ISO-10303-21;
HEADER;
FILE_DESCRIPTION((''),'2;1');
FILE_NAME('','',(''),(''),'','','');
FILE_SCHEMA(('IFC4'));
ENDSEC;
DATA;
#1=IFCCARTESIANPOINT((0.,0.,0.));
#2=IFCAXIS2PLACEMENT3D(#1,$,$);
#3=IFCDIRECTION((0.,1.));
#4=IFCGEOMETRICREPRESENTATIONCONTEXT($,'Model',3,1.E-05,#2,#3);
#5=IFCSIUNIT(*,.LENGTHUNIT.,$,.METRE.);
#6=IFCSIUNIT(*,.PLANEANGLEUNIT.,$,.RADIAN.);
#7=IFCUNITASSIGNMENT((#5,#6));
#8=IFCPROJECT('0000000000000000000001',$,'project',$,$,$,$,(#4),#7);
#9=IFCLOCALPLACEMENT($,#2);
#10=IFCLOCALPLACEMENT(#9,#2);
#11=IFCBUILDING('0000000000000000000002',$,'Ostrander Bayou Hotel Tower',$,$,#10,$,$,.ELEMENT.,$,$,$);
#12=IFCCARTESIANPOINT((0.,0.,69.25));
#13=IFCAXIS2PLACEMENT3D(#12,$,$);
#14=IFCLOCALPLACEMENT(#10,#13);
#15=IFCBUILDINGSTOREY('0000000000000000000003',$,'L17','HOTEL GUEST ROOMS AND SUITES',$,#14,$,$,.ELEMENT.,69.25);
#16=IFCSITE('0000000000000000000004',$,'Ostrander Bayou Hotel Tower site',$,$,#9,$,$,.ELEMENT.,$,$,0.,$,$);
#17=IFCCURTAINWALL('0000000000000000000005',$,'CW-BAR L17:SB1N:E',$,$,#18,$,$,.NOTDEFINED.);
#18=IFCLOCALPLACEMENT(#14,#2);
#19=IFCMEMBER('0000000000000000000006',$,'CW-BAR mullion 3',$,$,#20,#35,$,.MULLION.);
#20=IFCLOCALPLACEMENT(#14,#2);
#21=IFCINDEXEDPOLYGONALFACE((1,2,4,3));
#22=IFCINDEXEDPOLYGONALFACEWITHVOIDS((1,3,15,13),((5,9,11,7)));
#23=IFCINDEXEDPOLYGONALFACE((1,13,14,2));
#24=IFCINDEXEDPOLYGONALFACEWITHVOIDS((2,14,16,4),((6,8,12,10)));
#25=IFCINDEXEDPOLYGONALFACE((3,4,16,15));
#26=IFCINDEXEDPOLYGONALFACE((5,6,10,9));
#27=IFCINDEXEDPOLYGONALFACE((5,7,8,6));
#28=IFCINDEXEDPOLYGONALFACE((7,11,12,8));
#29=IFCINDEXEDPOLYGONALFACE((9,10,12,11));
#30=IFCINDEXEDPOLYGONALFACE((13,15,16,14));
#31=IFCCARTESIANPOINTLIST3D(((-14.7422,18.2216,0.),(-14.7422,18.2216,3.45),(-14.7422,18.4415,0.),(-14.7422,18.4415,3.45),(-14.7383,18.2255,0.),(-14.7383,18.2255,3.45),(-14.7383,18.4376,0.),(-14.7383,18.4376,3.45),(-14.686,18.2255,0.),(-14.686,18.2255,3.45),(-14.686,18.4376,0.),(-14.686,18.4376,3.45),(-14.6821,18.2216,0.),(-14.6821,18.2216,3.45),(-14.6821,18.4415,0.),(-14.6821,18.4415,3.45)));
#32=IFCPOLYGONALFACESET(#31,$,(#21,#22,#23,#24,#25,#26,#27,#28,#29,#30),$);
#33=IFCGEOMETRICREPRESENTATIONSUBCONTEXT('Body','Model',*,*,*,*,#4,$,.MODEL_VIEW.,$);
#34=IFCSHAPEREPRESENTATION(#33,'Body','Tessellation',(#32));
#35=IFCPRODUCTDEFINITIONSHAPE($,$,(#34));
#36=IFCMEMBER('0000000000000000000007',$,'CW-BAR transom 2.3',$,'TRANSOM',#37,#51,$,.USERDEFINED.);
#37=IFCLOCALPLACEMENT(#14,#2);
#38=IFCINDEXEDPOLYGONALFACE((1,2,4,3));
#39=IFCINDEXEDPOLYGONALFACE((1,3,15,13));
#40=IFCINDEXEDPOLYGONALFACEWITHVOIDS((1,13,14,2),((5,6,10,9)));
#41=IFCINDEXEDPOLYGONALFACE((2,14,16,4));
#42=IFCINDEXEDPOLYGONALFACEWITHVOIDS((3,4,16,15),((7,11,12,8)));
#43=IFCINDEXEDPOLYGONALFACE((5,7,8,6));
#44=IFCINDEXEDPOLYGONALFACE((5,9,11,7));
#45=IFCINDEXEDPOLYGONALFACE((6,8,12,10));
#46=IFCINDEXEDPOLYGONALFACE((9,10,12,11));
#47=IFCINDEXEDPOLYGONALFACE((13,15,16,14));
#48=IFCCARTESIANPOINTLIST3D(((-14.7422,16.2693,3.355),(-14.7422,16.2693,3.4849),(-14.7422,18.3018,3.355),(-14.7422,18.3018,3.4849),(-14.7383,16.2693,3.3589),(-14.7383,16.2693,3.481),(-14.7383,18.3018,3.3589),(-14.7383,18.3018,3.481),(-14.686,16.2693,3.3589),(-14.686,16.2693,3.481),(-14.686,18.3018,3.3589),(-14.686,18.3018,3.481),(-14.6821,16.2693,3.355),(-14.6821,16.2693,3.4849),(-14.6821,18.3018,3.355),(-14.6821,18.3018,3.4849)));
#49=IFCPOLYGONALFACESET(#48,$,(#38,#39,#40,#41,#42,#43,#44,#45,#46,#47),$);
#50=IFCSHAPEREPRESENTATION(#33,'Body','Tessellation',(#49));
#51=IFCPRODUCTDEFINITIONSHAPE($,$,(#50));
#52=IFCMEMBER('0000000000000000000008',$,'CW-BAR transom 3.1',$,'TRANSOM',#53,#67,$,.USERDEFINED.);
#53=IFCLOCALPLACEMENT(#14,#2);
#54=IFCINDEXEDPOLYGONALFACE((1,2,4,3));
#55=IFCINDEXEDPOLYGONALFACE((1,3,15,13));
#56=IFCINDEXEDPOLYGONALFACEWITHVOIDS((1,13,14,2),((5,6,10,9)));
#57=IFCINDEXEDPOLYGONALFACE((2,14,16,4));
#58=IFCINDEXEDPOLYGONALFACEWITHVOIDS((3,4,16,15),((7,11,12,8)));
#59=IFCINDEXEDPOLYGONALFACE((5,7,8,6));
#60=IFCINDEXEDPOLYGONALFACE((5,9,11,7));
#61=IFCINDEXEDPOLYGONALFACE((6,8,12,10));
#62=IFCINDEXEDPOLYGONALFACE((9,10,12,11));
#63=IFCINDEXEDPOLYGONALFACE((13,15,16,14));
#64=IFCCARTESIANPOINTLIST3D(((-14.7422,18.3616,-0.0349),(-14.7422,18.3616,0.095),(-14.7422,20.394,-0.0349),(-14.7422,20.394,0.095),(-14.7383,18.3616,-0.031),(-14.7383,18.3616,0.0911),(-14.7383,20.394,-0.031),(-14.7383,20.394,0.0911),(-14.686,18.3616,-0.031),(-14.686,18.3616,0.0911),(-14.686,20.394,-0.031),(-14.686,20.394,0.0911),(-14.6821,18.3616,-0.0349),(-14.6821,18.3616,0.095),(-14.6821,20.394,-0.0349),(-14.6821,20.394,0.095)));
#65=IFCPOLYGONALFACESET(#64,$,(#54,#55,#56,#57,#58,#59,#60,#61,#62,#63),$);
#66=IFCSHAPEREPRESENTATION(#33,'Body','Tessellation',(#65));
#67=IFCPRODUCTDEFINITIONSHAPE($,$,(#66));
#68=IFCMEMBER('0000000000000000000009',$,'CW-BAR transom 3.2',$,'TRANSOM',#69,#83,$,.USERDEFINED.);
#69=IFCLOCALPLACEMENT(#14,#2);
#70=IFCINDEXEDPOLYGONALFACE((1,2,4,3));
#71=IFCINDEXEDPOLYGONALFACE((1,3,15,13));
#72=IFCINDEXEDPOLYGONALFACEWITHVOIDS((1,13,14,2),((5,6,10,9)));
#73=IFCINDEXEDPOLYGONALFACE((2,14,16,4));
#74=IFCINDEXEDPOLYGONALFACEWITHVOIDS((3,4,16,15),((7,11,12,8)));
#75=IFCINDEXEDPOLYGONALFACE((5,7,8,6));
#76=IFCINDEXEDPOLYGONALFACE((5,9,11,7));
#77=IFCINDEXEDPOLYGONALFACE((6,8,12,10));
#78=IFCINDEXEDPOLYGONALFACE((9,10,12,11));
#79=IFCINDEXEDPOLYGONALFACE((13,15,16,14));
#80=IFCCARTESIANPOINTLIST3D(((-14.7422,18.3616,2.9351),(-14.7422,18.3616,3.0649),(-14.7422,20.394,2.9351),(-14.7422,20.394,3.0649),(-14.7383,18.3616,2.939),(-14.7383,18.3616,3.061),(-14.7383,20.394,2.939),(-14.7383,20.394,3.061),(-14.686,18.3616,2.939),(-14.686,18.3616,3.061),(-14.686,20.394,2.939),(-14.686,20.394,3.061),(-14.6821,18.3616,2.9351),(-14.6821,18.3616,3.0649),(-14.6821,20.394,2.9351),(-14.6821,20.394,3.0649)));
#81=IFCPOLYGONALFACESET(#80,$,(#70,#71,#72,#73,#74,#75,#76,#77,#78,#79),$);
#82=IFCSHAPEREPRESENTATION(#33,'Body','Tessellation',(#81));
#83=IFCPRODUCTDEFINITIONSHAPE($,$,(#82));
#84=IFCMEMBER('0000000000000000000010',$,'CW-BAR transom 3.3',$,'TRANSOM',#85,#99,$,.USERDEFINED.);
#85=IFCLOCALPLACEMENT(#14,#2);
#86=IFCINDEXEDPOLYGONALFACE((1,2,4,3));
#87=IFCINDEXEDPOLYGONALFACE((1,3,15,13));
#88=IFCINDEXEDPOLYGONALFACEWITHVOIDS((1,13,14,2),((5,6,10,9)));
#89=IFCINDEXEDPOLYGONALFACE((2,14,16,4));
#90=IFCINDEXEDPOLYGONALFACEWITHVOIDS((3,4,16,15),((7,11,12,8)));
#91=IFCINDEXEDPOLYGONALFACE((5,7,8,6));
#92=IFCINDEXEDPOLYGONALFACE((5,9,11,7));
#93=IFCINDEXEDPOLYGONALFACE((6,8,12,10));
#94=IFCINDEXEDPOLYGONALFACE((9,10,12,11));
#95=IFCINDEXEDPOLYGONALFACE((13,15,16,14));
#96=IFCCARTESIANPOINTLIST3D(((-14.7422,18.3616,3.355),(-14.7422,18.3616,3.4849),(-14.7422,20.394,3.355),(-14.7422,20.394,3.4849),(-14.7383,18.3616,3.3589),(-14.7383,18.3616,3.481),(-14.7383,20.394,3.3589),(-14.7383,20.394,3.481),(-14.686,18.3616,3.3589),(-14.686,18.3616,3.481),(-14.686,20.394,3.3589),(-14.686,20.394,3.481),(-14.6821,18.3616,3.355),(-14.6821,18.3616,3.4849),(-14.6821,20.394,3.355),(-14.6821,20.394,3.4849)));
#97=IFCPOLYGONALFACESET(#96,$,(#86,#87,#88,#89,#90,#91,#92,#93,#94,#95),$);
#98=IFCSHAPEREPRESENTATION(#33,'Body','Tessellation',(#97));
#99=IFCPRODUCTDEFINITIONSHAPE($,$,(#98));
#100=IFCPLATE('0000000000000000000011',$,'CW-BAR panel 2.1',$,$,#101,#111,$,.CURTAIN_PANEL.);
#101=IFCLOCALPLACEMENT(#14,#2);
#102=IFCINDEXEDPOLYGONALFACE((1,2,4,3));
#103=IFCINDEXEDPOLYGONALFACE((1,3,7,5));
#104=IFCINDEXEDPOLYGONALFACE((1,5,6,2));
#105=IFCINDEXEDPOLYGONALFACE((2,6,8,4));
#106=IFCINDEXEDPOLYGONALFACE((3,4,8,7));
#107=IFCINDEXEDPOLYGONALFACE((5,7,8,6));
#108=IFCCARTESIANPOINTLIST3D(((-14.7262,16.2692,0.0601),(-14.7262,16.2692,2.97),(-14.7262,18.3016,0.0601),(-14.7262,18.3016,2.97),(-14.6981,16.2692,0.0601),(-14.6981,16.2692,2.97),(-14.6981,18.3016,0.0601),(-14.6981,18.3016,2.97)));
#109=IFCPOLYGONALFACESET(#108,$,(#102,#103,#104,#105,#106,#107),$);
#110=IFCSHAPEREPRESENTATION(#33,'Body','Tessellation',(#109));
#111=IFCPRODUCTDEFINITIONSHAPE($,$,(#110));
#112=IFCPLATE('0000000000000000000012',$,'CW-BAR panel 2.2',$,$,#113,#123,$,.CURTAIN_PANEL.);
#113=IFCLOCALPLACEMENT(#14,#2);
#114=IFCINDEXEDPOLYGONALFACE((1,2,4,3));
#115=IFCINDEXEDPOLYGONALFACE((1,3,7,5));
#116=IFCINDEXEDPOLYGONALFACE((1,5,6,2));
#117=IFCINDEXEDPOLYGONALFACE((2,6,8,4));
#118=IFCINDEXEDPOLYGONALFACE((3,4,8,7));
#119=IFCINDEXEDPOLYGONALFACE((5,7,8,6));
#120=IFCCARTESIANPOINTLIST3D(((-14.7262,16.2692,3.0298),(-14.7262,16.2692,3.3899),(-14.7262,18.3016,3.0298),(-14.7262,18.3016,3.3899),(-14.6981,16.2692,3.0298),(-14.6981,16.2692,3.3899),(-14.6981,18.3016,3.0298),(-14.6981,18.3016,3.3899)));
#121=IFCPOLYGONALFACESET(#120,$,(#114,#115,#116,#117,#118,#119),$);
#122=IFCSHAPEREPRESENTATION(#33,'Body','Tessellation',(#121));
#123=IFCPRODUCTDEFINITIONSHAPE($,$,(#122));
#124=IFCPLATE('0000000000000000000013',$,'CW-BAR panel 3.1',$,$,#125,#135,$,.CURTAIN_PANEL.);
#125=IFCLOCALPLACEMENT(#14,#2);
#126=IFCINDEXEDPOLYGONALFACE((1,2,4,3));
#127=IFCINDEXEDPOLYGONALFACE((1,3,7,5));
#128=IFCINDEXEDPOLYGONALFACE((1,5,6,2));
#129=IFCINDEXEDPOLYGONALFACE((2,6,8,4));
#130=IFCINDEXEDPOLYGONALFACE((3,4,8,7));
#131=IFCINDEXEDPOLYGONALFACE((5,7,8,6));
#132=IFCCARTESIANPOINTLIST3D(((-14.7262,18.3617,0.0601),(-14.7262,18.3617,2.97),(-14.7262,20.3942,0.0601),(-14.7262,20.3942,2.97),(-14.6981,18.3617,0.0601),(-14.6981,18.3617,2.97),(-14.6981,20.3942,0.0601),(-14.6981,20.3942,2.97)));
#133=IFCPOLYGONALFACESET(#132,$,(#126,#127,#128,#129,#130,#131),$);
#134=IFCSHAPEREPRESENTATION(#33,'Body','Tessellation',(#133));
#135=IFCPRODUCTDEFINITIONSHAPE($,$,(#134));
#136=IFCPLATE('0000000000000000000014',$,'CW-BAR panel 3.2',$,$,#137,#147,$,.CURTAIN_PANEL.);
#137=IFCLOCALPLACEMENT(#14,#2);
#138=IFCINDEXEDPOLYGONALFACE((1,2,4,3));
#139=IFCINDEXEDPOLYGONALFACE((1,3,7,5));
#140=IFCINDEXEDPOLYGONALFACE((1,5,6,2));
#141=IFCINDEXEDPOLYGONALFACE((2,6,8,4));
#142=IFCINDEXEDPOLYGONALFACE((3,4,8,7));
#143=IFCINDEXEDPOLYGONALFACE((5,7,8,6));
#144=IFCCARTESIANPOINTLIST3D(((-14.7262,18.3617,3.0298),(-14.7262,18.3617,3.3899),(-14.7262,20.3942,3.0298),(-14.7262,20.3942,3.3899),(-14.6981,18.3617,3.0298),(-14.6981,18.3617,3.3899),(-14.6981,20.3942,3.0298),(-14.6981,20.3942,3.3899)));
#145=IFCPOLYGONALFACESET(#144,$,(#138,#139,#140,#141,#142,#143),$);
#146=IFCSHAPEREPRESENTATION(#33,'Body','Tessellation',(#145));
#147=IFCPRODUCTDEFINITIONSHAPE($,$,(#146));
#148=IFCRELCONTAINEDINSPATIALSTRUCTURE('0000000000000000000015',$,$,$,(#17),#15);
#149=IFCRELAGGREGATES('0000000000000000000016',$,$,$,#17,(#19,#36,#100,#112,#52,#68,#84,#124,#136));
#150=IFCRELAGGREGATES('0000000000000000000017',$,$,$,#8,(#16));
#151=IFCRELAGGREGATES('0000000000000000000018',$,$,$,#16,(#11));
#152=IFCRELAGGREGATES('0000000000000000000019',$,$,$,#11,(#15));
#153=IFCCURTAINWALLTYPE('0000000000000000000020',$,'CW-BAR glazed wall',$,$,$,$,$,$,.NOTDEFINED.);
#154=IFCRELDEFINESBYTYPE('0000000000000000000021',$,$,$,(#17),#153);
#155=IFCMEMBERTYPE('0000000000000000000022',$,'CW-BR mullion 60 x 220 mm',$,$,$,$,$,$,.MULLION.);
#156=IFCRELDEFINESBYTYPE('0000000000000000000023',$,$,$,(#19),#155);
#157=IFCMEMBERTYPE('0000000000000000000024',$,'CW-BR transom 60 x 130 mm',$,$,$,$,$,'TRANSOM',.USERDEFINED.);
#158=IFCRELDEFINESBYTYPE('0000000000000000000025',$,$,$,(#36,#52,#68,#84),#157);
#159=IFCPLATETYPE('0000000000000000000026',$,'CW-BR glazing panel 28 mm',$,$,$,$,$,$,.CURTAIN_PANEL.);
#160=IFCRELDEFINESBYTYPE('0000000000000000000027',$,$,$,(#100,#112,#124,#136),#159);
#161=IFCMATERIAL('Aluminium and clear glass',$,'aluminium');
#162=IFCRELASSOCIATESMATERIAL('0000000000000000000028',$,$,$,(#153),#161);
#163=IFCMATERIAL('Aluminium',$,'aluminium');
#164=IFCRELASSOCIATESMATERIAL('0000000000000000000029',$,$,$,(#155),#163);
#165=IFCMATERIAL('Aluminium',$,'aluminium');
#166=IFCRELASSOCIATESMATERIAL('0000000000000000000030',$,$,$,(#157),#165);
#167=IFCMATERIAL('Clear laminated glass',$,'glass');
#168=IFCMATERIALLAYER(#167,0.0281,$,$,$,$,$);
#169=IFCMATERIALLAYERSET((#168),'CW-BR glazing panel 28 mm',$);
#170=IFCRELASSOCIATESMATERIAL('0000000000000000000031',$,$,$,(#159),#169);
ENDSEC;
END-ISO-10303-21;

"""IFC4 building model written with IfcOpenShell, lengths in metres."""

from ifc_helpers import new_model, si_unit, direction, frame, origin, origin_2d, place, context, subcontext, project, spatial, rectangle, hollow_rectangle, extrude, material, layer, layer_set, material_profile, profile_set, type_object, element, aggregate, save


model = new_model("IFC4")

# Units and contexts
model_context = context("Model", 3, precision=1e-05, world=origin(), true_north=direction((0.0, 1.0)))
body_context = subcontext(model_context, "Body", "Model", "MODEL_VIEW")
ifc_project = project(units=[si_unit("LENGTHUNIT", "METRE"), si_unit("PLANEANGLEUNIT", "RADIAN")], contexts=[model_context])

# Site, building, storey
site_placement = place(None, origin())
site = spatial("IfcSite", under=ifc_project, at=site_placement, Name="Ostrander Bayou Hotel Tower site", CompositionType="ELEMENT", RefElevation=0.0)
building_placement = place(site_placement, origin())
building = spatial("IfcBuilding", under=site, at=building_placement, Name="Ostrander Bayou Hotel Tower", CompositionType="ELEMENT")
storey_placement = place(building_placement, frame((0.0, 0.0, 69.25)))
storey = spatial("IfcBuildingStorey", under=building, at=storey_placement, Name="L17", Description="HOTEL GUEST ROOMS AND SUITES", CompositionType="ELEMENT", Elevation=69.25)

# Curtain wall, members, plates
ifc_material_1 = material(Name="Aluminium and clear glass", Category="aluminium")
curtain_wall_type = type_object("IfcCurtainWallType", Name="CW-BAR glazed wall", PredefinedType="NOTDEFINED", material=ifc_material_1)
curtain_wall_placement = place(storey_placement, origin())
curtain_wall = element("IfcCurtainWall", 1, at=curtain_wall_placement, inside=storey, type_object=curtain_wall_type, Name="CW-BAR L17:SB1N:E", PredefinedType="NOTDEFINED")
ifc_material_2 = material(Name="Aluminium", Category="aluminium")
ifc_material_profile_1 = material_profile(ifc_material_2, hollow_rectangle(XDim=0.0601, YDim=0.22, WallThickness=0.0039, at=origin_2d()))
ifc_profile_set_1 = profile_set([ifc_material_profile_1], Name="Aluminium")
member_type_1 = type_object("IfcMemberType", Name="CW-BR mullion 60 x 220 mm", PredefinedType="MULLION", material=ifc_profile_set_1)
member_1_placement = place(storey_placement, frame((-14.7122, 18.3315, 0.0), z_axis=(0.0, 0.0, 1.0), x_axis=(-1.0, 0.0, 0.0)))
member_1 = element("IfcMember", 2, at=member_1_placement, type_object=member_type_1, Name="CW-BAR mullion 3", PredefinedType="MULLION", context=body_context, shape_type="SweptSolid", body=[
    extrude(hollow_rectangle(XDim=0.0601, YDim=0.22, WallThickness=0.0039, at=origin_2d()), origin(), (0.0, 0.0, 1.0), 3.45),
])
ifc_material_3 = material(Name="Aluminium", Category="aluminium")
ifc_material_profile_2 = material_profile(ifc_material_3, hollow_rectangle(XDim=0.0601, YDim=0.1299, WallThickness=0.0039, at=origin_2d()))
ifc_profile_set_2 = profile_set([ifc_material_profile_2], Name="Aluminium")
member_type_2 = type_object("IfcMemberType", Name="CW-BR transom 60 x 130 mm", ElementType="TRANSOM", PredefinedType="USERDEFINED", material=ifc_profile_set_2)
member_2_placement = place(storey_placement, frame((-14.7122, 16.2693, 3.4199), z_axis=(0.0, 1.0, 0.0), x_axis=(-1.0, 0.0, 0.0)))
member_2 = element("IfcMember", 3, at=member_2_placement, type_object=member_type_2, Name="CW-BAR transom 2.3", ObjectType="TRANSOM", PredefinedType="USERDEFINED", context=body_context, shape_type="SweptSolid", body=[
    extrude(hollow_rectangle(XDim=0.0601, YDim=0.1299, WallThickness=0.0039, at=origin_2d()), origin(), (0.0, 0.0, 1.0), 2.0325),
])
member_3_placement = place(storey_placement, frame((-14.7122, 18.3616, 0.03), z_axis=(0.0, 1.0, 0.0), x_axis=(-1.0, 0.0, 0.0)))
member_3 = element("IfcMember", 4, at=member_3_placement, type_object=member_type_2, Name="CW-BAR transom 3.1", ObjectType="TRANSOM", PredefinedType="USERDEFINED", context=body_context, shape_type="SweptSolid", body=[
    extrude(hollow_rectangle(XDim=0.0601, YDim=0.1299, WallThickness=0.0039, at=origin_2d()), origin(), (0.0, 0.0, 1.0), 2.0325),
])
member_4_placement = place(storey_placement, frame((-14.7122, 18.3616, 3.0), z_axis=(0.0, 1.0, 0.0), x_axis=(-1.0, 0.0, 0.0)))
member_4 = element("IfcMember", 5, at=member_4_placement, type_object=member_type_2, Name="CW-BAR transom 3.2", ObjectType="TRANSOM", PredefinedType="USERDEFINED", context=body_context, shape_type="SweptSolid", body=[
    extrude(hollow_rectangle(XDim=0.0601, YDim=0.1299, WallThickness=0.0039, at=origin_2d()), origin(), (0.0, 0.0, 1.0), 2.0325),
])
member_5_placement = place(storey_placement, frame((-14.7122, 18.3616, 3.4199), z_axis=(0.0, 1.0, 0.0), x_axis=(-1.0, 0.0, 0.0)))
member_5 = element("IfcMember", 6, at=member_5_placement, type_object=member_type_2, Name="CW-BAR transom 3.3", ObjectType="TRANSOM", PredefinedType="USERDEFINED", context=body_context, shape_type="SweptSolid", body=[
    extrude(hollow_rectangle(XDim=0.0601, YDim=0.1299, WallThickness=0.0039, at=origin_2d()), origin(), (0.0, 0.0, 1.0), 2.0325),
])
ifc_material_4 = material(Name="Clear laminated glass", Category="glass")
ifc_layer_1 = layer(ifc_material_4, 0.0281)
ifc_layer_set_1 = layer_set([ifc_layer_1], Name="CW-BR glazing panel 28 mm")
plate_type = type_object("IfcPlateType", Name="CW-BR glazing panel 28 mm", PredefinedType="CURTAIN_PANEL", material=ifc_layer_set_1)
plate_1_placement = place(storey_placement, frame((-14.7122, 17.2854, 0.0601), z_axis=(0.0, 0.0, 1.0), x_axis=(0.0, 1.0, 0.0)))
plate_1 = element("IfcPlate", 7, at=plate_1_placement, type_object=plate_type, Name="CW-BAR panel 2.1", PredefinedType="CURTAIN_PANEL", context=body_context, shape_type="SweptSolid", body=[
    extrude(rectangle(XDim=2.0325, YDim=0.0281, at=origin_2d()), origin(), (0.0, 0.0, 1.0), 2.9099),
])
plate_2_placement = place(storey_placement, frame((-14.7122, 17.2854, 3.0298), z_axis=(0.0, 0.0, 1.0), x_axis=(0.0, 1.0, 0.0)))
plate_2 = element("IfcPlate", 8, at=plate_2_placement, type_object=plate_type, Name="CW-BAR panel 2.2", PredefinedType="CURTAIN_PANEL", context=body_context, shape_type="SweptSolid", body=[
    extrude(rectangle(XDim=2.0325, YDim=0.0281, at=origin_2d()), origin(), (0.0, 0.0, 1.0), 0.3601),
])
plate_3_placement = place(storey_placement, frame((-14.7122, 19.3779, 0.0601), z_axis=(0.0, 0.0, 1.0), x_axis=(0.0, 1.0, 0.0)))
plate_3 = element("IfcPlate", 9, at=plate_3_placement, type_object=plate_type, Name="CW-BAR panel 3.1", PredefinedType="CURTAIN_PANEL", context=body_context, shape_type="SweptSolid", body=[
    extrude(rectangle(XDim=2.0325, YDim=0.0281, at=origin_2d()), origin(), (0.0, 0.0, 1.0), 2.9099),
])
plate_4_placement = place(storey_placement, frame((-14.7122, 19.3779, 3.0298), z_axis=(0.0, 0.0, 1.0), x_axis=(0.0, 1.0, 0.0)))
plate_4 = element("IfcPlate", 10, at=plate_4_placement, type_object=plate_type, Name="CW-BAR panel 3.2", PredefinedType="CURTAIN_PANEL", context=body_context, shape_type="SweptSolid", body=[
    extrude(rectangle(XDim=2.0325, YDim=0.0281, at=origin_2d()), origin(), (0.0, 0.0, 1.0), 0.3601),
])
aggregate(curtain_wall, [member_1, member_2, plate_1, plate_2, member_3, member_4, member_5, plate_3, plate_4])

save(model, "model.ifc")
